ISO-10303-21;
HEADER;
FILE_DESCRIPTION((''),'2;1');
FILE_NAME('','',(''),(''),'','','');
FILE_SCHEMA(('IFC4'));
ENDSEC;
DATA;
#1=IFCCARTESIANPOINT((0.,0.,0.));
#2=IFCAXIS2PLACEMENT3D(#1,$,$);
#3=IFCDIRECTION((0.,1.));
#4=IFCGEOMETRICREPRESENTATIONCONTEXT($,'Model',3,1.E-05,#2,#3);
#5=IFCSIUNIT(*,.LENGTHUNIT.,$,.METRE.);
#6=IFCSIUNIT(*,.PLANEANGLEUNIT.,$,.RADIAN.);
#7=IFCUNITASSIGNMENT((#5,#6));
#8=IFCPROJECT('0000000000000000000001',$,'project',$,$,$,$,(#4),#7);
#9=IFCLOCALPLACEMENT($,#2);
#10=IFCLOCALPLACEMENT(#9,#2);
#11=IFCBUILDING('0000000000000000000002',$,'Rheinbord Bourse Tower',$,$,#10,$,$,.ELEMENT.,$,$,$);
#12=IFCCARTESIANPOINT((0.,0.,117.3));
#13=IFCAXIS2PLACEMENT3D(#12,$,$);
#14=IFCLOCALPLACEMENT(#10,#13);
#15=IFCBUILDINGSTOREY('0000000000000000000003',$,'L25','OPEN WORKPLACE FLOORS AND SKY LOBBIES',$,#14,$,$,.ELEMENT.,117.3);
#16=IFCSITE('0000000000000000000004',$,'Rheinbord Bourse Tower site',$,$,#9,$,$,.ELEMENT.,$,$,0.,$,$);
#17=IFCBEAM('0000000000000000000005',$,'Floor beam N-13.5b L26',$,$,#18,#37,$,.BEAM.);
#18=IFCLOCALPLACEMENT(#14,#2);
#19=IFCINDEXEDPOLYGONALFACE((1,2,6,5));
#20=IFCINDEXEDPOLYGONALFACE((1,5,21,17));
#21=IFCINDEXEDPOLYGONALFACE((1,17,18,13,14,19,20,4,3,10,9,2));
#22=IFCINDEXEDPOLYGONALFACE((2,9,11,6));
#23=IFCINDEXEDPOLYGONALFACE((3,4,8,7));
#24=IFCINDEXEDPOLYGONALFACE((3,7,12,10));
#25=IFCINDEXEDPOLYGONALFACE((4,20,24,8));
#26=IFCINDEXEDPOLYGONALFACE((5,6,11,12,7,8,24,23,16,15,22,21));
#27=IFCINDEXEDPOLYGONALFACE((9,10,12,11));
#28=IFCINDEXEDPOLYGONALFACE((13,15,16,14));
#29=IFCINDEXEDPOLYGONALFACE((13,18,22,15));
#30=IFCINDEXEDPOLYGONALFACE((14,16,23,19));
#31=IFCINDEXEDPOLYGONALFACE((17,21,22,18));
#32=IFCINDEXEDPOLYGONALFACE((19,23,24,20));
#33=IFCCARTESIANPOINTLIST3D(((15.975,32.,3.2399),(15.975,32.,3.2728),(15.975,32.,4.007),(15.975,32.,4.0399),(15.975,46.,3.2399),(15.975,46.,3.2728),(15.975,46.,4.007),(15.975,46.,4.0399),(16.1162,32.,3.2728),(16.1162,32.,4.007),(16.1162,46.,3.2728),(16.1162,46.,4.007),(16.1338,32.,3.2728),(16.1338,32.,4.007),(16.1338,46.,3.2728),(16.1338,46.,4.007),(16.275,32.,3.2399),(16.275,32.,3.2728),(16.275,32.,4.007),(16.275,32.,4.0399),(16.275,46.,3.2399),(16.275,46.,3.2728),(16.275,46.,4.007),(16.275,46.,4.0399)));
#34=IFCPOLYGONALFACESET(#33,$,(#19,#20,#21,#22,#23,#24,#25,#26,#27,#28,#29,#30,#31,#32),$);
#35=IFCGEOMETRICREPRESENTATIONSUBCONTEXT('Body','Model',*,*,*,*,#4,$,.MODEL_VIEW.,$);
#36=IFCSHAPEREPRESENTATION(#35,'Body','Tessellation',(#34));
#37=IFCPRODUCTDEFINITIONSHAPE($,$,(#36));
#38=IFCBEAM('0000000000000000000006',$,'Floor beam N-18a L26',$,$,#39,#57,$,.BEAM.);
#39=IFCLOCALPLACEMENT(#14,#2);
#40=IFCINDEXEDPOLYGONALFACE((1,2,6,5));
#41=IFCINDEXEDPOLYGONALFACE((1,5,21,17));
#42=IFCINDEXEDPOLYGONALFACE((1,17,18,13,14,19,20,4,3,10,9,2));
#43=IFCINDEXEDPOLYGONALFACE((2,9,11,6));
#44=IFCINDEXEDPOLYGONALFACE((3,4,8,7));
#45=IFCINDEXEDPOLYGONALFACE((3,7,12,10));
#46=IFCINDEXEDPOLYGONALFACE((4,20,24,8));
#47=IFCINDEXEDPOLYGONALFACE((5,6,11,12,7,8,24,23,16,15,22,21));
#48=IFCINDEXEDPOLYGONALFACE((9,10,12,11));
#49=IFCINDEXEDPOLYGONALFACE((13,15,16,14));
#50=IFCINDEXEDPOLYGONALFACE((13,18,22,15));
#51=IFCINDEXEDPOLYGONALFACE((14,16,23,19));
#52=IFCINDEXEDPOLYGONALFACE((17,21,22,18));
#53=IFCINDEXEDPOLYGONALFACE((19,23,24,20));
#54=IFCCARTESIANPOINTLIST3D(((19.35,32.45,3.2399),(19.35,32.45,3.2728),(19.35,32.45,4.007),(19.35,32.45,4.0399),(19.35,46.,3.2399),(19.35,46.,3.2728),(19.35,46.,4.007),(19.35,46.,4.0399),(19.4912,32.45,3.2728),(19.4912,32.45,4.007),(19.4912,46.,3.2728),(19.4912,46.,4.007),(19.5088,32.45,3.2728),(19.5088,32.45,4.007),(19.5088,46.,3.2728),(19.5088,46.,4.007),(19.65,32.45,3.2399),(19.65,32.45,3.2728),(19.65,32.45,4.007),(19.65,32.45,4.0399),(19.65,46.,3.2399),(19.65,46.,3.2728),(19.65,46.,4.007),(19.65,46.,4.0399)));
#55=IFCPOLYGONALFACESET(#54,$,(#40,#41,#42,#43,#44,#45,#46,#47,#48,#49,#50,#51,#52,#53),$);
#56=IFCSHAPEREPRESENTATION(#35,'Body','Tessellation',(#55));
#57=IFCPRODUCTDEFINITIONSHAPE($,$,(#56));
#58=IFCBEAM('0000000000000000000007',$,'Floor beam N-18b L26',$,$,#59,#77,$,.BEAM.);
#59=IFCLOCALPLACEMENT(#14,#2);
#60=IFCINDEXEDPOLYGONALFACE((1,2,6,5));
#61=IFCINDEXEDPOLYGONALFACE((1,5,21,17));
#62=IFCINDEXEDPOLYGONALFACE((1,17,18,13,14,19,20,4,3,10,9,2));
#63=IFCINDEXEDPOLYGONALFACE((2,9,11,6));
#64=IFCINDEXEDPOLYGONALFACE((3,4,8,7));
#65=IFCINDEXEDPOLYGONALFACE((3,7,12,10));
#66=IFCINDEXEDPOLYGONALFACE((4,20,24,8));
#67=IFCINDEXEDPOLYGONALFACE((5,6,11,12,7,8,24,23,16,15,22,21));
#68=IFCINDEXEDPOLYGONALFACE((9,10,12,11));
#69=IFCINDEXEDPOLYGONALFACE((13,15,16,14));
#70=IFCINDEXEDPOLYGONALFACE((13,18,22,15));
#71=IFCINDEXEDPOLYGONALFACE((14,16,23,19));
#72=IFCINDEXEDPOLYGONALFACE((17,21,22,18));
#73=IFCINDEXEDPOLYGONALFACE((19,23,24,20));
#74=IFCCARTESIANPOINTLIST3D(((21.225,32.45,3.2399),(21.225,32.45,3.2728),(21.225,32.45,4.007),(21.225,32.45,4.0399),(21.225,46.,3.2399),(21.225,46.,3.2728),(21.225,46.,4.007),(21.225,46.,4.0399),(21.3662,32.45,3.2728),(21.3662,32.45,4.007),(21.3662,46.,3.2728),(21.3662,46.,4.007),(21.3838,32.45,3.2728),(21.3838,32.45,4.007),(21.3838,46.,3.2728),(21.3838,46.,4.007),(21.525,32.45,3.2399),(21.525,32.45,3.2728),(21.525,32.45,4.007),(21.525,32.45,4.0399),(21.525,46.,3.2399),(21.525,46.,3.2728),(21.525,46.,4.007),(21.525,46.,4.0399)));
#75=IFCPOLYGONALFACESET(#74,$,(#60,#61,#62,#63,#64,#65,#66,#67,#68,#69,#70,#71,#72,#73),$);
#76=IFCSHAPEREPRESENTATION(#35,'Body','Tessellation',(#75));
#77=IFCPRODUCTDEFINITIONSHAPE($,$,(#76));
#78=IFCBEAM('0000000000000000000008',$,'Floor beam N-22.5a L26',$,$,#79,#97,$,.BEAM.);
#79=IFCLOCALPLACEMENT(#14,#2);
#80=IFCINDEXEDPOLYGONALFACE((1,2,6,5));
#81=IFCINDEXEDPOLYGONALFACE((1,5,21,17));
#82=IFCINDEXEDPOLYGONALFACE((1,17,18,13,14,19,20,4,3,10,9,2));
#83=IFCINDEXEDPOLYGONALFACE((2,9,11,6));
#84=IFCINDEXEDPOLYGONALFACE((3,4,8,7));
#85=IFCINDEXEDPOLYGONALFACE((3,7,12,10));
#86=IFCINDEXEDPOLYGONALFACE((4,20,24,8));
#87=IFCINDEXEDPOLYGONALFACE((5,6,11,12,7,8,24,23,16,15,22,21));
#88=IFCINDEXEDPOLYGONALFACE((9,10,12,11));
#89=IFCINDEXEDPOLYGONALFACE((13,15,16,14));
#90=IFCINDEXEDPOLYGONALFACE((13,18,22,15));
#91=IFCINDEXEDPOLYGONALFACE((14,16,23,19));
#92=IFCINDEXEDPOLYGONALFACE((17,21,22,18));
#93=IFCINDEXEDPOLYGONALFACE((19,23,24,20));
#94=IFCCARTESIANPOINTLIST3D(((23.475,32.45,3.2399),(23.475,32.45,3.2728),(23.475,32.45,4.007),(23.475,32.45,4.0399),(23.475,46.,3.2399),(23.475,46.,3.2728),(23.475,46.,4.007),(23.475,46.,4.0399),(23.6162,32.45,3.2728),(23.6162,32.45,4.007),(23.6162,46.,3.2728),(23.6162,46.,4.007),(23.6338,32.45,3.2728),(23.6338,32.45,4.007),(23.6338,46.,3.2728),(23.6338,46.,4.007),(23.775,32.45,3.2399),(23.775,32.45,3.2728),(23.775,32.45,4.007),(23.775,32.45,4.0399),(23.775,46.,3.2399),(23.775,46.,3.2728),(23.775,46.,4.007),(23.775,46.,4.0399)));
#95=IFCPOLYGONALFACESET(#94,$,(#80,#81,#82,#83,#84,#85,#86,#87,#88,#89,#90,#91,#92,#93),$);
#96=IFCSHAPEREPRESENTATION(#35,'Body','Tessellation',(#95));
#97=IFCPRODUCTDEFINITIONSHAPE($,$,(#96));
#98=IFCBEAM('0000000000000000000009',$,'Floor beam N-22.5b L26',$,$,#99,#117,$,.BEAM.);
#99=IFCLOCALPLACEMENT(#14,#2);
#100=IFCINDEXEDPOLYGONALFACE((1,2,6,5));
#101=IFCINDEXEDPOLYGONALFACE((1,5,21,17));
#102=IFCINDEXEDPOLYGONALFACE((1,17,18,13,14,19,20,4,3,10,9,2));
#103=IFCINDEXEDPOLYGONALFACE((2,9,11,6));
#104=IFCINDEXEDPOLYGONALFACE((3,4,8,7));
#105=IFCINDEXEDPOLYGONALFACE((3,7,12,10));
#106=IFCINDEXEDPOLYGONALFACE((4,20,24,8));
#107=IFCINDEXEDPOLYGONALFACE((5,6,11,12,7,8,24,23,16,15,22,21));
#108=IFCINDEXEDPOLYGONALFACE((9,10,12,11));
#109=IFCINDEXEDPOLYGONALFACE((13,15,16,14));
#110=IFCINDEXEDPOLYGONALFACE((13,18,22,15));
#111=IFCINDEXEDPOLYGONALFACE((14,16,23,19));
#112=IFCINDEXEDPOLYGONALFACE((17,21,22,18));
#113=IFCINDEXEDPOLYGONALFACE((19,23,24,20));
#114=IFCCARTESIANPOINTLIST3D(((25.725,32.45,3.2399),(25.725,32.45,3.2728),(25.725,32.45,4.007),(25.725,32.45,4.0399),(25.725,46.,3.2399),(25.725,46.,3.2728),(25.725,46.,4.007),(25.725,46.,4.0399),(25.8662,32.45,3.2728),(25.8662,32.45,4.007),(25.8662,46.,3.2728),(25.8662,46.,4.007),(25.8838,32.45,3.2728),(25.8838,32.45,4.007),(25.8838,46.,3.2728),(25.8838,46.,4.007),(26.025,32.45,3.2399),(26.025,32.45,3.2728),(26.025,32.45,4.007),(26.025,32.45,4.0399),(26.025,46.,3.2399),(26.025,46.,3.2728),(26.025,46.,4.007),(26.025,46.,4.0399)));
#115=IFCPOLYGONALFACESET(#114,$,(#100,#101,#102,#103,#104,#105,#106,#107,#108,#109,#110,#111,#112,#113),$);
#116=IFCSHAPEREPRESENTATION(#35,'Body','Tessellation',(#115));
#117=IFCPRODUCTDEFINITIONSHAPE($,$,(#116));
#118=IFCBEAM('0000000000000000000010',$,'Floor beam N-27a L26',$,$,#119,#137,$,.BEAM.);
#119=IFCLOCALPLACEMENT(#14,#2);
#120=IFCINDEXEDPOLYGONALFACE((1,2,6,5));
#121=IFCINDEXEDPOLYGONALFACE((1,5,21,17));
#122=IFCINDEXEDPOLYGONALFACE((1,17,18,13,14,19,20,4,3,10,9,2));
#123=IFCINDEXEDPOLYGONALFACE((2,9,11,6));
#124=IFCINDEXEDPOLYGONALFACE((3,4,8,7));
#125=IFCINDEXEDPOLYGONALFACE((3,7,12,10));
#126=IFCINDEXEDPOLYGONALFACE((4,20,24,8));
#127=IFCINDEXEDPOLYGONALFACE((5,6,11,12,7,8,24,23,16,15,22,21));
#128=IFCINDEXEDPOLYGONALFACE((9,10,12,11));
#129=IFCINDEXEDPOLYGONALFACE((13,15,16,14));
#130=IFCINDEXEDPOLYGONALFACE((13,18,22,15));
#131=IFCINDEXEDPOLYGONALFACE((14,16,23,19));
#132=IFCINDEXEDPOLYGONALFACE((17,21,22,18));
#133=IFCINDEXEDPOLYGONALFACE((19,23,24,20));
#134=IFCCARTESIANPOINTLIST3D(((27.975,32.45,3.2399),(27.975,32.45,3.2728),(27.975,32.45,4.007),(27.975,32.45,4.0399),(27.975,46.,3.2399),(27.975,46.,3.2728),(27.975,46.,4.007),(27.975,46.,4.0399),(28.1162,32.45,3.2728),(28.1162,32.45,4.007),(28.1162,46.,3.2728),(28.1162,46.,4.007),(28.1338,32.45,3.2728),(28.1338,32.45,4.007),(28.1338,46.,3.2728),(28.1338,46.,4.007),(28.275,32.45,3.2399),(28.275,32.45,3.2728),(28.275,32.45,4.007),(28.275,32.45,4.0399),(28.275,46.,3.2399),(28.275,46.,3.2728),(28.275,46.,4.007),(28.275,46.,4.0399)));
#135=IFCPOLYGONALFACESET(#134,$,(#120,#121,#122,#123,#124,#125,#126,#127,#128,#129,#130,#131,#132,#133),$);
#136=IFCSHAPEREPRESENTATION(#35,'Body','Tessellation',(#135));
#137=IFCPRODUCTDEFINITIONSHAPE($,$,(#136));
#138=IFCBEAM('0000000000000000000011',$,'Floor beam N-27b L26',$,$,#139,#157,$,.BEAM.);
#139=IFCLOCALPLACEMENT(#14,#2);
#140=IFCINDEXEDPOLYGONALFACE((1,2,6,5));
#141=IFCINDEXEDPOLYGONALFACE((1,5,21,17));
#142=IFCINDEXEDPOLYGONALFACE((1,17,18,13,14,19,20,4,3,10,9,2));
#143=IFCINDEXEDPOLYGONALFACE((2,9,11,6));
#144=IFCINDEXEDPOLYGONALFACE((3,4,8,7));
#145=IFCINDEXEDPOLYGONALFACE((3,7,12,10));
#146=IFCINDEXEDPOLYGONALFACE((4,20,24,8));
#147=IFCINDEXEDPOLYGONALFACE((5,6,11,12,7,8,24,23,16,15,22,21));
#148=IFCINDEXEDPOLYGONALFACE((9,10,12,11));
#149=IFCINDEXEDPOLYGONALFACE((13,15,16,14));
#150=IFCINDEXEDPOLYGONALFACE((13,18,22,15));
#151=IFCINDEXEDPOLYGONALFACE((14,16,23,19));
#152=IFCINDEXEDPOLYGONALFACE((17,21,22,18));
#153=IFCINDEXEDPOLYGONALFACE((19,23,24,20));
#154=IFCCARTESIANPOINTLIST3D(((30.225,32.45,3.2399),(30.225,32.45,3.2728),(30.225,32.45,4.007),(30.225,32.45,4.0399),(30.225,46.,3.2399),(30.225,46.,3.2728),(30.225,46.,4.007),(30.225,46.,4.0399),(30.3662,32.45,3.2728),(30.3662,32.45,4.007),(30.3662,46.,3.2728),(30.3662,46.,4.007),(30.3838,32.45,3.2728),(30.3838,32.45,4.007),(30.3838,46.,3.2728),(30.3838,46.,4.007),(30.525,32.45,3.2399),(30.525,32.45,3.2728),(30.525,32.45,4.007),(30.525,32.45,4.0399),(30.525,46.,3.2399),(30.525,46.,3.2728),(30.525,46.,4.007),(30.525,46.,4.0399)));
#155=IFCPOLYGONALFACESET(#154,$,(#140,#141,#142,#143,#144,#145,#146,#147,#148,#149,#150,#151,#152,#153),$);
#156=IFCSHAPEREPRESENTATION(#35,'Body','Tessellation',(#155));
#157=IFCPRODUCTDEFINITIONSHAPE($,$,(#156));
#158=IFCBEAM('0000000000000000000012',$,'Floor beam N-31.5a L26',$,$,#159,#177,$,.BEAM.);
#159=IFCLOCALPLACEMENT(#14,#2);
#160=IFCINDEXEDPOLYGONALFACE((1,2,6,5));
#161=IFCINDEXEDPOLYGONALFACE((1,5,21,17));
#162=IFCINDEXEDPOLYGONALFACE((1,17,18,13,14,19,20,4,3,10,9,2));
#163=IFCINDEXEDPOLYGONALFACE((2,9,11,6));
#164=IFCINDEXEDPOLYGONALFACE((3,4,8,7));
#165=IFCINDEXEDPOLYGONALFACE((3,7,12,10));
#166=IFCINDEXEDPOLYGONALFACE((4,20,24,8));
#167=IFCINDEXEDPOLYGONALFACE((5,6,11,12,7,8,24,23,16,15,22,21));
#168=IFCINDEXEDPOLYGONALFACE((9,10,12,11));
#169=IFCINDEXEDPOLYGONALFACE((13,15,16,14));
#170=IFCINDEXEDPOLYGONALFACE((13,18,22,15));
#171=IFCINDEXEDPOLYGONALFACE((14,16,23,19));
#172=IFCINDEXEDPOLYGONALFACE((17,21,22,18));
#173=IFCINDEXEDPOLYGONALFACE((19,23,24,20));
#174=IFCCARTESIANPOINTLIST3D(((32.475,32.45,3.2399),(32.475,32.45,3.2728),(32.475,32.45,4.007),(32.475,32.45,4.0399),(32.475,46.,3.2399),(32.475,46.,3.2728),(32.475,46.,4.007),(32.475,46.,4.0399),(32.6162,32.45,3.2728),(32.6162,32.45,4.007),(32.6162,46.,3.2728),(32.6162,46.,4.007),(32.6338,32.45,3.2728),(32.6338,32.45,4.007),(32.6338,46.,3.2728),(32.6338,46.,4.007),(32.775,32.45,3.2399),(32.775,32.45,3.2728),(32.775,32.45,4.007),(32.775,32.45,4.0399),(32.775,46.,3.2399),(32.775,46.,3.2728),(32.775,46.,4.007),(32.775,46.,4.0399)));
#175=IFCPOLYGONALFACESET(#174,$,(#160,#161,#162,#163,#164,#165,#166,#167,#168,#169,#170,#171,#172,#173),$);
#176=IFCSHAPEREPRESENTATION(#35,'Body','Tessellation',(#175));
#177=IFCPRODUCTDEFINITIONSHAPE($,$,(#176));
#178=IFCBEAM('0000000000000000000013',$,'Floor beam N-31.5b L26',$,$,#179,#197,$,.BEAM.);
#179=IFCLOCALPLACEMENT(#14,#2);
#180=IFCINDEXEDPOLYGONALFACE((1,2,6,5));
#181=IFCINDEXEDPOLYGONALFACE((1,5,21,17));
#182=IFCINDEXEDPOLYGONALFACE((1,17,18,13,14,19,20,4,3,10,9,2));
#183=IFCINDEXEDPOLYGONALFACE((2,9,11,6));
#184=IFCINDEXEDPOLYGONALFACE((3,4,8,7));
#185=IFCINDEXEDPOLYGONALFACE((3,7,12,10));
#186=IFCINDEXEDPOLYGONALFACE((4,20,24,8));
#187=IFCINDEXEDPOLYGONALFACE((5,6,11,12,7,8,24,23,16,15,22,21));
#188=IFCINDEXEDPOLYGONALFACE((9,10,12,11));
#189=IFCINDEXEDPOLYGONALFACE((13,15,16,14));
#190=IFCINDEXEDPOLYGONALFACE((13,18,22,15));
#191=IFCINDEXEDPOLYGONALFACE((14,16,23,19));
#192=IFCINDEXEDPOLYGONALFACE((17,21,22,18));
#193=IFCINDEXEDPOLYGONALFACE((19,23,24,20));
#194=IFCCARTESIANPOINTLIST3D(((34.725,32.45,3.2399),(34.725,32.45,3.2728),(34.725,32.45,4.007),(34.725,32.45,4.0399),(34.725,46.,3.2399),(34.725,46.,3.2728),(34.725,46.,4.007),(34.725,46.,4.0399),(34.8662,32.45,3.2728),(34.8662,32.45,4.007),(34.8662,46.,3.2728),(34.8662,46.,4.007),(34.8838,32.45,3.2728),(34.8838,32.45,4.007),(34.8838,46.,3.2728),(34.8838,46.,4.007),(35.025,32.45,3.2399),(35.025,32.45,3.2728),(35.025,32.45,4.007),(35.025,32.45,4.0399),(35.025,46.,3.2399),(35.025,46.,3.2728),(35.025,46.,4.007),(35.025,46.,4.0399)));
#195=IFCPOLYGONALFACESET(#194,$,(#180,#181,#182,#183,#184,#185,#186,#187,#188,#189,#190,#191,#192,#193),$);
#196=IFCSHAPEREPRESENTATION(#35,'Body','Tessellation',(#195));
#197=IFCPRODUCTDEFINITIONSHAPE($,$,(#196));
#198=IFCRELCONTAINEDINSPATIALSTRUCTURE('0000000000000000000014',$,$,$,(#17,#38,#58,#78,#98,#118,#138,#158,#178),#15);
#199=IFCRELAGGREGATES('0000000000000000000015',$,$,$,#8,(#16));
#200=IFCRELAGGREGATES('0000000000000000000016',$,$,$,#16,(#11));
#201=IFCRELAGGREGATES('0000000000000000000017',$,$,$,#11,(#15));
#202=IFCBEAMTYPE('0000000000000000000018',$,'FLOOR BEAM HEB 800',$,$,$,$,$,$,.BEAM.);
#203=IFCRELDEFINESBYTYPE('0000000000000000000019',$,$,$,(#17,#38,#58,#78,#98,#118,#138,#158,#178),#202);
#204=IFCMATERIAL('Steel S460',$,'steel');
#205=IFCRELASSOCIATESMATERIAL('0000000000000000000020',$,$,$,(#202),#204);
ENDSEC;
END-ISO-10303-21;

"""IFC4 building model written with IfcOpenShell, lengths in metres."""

from ifc_helpers import new_model, si_unit, direction, frame, origin, origin_2d, place, context, subcontext, project, spatial, i_section, extrude, material, material_profile, profile_set, type_object, element, save


model = new_model("IFC4")

# Units and contexts
model_context = context("Model", 3, precision=1e-05, world=origin(), true_north=direction((0.0, 1.0)))
body_context = subcontext(model_context, "Body", "Model", "MODEL_VIEW")
ifc_project = project(units=[si_unit("LENGTHUNIT", "METRE"), si_unit("PLANEANGLEUNIT", "RADIAN")], contexts=[model_context])

# Site, building, storey
site_placement = place(None, origin())
site = spatial("IfcSite", under=ifc_project, at=site_placement, Name="Rheinbord Bourse Tower site", CompositionType="ELEMENT", RefElevation=0.0)
building_placement = place(site_placement, origin())
building = spatial("IfcBuilding", under=site, at=building_placement, Name="Rheinbord Bourse Tower", CompositionType="ELEMENT")
storey_placement = place(building_placement, frame((0.0, 0.0, 117.3)))
storey = spatial("IfcBuildingStorey", under=building, at=storey_placement, Name="L25", Description="OPEN WORKPLACE FLOORS AND SKY LOBBIES", CompositionType="ELEMENT", Elevation=117.3)

# Beams
ifc_material_1 = material(Name="Steel S460", Category="steel")
ifc_material_profile_1 = material_profile(ifc_material_1, i_section(OverallWidth=0.3, OverallDepth=0.8, WebThickness=0.0176, FlangeThickness=0.033, at=origin_2d()), Name="HEB 800")
ifc_profile_set_1 = profile_set([ifc_material_profile_1], Name="Steel S460")
beam_type_1 = type_object("IfcBeamType", Name="FLOOR BEAM HEB 800", PredefinedType="BEAM", material=ifc_profile_set_1)
for number, where, z_axis, x_axis, name in (
    (1, (16.125, 46.0, 3.6399), (0.0, -1.0, 0.0), (1.0, 0.0, 0.0), "Floor beam N-13.5b L26"),
):
    element("IfcBeam", number, at=place(storey_placement, frame(where, z_axis=z_axis, x_axis=x_axis)), inside=storey, type_object=beam_type_1, Name=name, PredefinedType="BEAM", context=body_context, shape_type="SweptSolid", body=[
        extrude(i_section(OverallWidth=0.3, OverallDepth=0.8, WebThickness=0.0176, FlangeThickness=0.033, at=origin_2d()), origin(), (0.0, 0.0, 1.0), 14.0),
    ])
for number, where, z_axis, x_axis, name in (
    (2, (19.5, 46.0, 3.6399), (0.0, -1.0, 0.0), (1.0, 0.0, 0.0), "Floor beam N-18a L26"),
    (3, (21.375, 46.0, 3.6399), (0.0, -1.0, 0.0), (1.0, 0.0, 0.0), "Floor beam N-18b L26"),
    (4, (23.625, 46.0, 3.6399), (0.0, -1.0, 0.0), (1.0, 0.0, 0.0), "Floor beam N-22.5a L26"),
    (5, (25.875, 46.0, 3.6399), (0.0, -1.0, 0.0), (1.0, 0.0, 0.0), "Floor beam N-22.5b L26"),
    (6, (28.125, 46.0, 3.6399), (0.0, -1.0, 0.0), (1.0, 0.0, 0.0), "Floor beam N-27a L26"),
    (7, (30.375, 46.0, 3.6399), (0.0, -1.0, 0.0), (1.0, 0.0, 0.0), "Floor beam N-27b L26"),
    (8, (32.625, 46.0, 3.6399), (0.0, -1.0, 0.0), (1.0, 0.0, 0.0), "Floor beam N-31.5a L26"),
    (9, (34.875, 46.0, 3.6399), (0.0, -1.0, 0.0), (1.0, 0.0, 0.0), "Floor beam N-31.5b L26"),
):
    element("IfcBeam", number, at=place(storey_placement, frame(where, z_axis=z_axis, x_axis=x_axis)), inside=storey, type_object=beam_type_1, Name=name, PredefinedType="BEAM", context=body_context, shape_type="SweptSolid", body=[
        extrude(i_section(OverallWidth=0.3, OverallDepth=0.8, WebThickness=0.0176, FlangeThickness=0.033, at=origin_2d()), origin(), (0.0, 0.0, 1.0), 13.55),
    ])

save(model, "model.ifc")
